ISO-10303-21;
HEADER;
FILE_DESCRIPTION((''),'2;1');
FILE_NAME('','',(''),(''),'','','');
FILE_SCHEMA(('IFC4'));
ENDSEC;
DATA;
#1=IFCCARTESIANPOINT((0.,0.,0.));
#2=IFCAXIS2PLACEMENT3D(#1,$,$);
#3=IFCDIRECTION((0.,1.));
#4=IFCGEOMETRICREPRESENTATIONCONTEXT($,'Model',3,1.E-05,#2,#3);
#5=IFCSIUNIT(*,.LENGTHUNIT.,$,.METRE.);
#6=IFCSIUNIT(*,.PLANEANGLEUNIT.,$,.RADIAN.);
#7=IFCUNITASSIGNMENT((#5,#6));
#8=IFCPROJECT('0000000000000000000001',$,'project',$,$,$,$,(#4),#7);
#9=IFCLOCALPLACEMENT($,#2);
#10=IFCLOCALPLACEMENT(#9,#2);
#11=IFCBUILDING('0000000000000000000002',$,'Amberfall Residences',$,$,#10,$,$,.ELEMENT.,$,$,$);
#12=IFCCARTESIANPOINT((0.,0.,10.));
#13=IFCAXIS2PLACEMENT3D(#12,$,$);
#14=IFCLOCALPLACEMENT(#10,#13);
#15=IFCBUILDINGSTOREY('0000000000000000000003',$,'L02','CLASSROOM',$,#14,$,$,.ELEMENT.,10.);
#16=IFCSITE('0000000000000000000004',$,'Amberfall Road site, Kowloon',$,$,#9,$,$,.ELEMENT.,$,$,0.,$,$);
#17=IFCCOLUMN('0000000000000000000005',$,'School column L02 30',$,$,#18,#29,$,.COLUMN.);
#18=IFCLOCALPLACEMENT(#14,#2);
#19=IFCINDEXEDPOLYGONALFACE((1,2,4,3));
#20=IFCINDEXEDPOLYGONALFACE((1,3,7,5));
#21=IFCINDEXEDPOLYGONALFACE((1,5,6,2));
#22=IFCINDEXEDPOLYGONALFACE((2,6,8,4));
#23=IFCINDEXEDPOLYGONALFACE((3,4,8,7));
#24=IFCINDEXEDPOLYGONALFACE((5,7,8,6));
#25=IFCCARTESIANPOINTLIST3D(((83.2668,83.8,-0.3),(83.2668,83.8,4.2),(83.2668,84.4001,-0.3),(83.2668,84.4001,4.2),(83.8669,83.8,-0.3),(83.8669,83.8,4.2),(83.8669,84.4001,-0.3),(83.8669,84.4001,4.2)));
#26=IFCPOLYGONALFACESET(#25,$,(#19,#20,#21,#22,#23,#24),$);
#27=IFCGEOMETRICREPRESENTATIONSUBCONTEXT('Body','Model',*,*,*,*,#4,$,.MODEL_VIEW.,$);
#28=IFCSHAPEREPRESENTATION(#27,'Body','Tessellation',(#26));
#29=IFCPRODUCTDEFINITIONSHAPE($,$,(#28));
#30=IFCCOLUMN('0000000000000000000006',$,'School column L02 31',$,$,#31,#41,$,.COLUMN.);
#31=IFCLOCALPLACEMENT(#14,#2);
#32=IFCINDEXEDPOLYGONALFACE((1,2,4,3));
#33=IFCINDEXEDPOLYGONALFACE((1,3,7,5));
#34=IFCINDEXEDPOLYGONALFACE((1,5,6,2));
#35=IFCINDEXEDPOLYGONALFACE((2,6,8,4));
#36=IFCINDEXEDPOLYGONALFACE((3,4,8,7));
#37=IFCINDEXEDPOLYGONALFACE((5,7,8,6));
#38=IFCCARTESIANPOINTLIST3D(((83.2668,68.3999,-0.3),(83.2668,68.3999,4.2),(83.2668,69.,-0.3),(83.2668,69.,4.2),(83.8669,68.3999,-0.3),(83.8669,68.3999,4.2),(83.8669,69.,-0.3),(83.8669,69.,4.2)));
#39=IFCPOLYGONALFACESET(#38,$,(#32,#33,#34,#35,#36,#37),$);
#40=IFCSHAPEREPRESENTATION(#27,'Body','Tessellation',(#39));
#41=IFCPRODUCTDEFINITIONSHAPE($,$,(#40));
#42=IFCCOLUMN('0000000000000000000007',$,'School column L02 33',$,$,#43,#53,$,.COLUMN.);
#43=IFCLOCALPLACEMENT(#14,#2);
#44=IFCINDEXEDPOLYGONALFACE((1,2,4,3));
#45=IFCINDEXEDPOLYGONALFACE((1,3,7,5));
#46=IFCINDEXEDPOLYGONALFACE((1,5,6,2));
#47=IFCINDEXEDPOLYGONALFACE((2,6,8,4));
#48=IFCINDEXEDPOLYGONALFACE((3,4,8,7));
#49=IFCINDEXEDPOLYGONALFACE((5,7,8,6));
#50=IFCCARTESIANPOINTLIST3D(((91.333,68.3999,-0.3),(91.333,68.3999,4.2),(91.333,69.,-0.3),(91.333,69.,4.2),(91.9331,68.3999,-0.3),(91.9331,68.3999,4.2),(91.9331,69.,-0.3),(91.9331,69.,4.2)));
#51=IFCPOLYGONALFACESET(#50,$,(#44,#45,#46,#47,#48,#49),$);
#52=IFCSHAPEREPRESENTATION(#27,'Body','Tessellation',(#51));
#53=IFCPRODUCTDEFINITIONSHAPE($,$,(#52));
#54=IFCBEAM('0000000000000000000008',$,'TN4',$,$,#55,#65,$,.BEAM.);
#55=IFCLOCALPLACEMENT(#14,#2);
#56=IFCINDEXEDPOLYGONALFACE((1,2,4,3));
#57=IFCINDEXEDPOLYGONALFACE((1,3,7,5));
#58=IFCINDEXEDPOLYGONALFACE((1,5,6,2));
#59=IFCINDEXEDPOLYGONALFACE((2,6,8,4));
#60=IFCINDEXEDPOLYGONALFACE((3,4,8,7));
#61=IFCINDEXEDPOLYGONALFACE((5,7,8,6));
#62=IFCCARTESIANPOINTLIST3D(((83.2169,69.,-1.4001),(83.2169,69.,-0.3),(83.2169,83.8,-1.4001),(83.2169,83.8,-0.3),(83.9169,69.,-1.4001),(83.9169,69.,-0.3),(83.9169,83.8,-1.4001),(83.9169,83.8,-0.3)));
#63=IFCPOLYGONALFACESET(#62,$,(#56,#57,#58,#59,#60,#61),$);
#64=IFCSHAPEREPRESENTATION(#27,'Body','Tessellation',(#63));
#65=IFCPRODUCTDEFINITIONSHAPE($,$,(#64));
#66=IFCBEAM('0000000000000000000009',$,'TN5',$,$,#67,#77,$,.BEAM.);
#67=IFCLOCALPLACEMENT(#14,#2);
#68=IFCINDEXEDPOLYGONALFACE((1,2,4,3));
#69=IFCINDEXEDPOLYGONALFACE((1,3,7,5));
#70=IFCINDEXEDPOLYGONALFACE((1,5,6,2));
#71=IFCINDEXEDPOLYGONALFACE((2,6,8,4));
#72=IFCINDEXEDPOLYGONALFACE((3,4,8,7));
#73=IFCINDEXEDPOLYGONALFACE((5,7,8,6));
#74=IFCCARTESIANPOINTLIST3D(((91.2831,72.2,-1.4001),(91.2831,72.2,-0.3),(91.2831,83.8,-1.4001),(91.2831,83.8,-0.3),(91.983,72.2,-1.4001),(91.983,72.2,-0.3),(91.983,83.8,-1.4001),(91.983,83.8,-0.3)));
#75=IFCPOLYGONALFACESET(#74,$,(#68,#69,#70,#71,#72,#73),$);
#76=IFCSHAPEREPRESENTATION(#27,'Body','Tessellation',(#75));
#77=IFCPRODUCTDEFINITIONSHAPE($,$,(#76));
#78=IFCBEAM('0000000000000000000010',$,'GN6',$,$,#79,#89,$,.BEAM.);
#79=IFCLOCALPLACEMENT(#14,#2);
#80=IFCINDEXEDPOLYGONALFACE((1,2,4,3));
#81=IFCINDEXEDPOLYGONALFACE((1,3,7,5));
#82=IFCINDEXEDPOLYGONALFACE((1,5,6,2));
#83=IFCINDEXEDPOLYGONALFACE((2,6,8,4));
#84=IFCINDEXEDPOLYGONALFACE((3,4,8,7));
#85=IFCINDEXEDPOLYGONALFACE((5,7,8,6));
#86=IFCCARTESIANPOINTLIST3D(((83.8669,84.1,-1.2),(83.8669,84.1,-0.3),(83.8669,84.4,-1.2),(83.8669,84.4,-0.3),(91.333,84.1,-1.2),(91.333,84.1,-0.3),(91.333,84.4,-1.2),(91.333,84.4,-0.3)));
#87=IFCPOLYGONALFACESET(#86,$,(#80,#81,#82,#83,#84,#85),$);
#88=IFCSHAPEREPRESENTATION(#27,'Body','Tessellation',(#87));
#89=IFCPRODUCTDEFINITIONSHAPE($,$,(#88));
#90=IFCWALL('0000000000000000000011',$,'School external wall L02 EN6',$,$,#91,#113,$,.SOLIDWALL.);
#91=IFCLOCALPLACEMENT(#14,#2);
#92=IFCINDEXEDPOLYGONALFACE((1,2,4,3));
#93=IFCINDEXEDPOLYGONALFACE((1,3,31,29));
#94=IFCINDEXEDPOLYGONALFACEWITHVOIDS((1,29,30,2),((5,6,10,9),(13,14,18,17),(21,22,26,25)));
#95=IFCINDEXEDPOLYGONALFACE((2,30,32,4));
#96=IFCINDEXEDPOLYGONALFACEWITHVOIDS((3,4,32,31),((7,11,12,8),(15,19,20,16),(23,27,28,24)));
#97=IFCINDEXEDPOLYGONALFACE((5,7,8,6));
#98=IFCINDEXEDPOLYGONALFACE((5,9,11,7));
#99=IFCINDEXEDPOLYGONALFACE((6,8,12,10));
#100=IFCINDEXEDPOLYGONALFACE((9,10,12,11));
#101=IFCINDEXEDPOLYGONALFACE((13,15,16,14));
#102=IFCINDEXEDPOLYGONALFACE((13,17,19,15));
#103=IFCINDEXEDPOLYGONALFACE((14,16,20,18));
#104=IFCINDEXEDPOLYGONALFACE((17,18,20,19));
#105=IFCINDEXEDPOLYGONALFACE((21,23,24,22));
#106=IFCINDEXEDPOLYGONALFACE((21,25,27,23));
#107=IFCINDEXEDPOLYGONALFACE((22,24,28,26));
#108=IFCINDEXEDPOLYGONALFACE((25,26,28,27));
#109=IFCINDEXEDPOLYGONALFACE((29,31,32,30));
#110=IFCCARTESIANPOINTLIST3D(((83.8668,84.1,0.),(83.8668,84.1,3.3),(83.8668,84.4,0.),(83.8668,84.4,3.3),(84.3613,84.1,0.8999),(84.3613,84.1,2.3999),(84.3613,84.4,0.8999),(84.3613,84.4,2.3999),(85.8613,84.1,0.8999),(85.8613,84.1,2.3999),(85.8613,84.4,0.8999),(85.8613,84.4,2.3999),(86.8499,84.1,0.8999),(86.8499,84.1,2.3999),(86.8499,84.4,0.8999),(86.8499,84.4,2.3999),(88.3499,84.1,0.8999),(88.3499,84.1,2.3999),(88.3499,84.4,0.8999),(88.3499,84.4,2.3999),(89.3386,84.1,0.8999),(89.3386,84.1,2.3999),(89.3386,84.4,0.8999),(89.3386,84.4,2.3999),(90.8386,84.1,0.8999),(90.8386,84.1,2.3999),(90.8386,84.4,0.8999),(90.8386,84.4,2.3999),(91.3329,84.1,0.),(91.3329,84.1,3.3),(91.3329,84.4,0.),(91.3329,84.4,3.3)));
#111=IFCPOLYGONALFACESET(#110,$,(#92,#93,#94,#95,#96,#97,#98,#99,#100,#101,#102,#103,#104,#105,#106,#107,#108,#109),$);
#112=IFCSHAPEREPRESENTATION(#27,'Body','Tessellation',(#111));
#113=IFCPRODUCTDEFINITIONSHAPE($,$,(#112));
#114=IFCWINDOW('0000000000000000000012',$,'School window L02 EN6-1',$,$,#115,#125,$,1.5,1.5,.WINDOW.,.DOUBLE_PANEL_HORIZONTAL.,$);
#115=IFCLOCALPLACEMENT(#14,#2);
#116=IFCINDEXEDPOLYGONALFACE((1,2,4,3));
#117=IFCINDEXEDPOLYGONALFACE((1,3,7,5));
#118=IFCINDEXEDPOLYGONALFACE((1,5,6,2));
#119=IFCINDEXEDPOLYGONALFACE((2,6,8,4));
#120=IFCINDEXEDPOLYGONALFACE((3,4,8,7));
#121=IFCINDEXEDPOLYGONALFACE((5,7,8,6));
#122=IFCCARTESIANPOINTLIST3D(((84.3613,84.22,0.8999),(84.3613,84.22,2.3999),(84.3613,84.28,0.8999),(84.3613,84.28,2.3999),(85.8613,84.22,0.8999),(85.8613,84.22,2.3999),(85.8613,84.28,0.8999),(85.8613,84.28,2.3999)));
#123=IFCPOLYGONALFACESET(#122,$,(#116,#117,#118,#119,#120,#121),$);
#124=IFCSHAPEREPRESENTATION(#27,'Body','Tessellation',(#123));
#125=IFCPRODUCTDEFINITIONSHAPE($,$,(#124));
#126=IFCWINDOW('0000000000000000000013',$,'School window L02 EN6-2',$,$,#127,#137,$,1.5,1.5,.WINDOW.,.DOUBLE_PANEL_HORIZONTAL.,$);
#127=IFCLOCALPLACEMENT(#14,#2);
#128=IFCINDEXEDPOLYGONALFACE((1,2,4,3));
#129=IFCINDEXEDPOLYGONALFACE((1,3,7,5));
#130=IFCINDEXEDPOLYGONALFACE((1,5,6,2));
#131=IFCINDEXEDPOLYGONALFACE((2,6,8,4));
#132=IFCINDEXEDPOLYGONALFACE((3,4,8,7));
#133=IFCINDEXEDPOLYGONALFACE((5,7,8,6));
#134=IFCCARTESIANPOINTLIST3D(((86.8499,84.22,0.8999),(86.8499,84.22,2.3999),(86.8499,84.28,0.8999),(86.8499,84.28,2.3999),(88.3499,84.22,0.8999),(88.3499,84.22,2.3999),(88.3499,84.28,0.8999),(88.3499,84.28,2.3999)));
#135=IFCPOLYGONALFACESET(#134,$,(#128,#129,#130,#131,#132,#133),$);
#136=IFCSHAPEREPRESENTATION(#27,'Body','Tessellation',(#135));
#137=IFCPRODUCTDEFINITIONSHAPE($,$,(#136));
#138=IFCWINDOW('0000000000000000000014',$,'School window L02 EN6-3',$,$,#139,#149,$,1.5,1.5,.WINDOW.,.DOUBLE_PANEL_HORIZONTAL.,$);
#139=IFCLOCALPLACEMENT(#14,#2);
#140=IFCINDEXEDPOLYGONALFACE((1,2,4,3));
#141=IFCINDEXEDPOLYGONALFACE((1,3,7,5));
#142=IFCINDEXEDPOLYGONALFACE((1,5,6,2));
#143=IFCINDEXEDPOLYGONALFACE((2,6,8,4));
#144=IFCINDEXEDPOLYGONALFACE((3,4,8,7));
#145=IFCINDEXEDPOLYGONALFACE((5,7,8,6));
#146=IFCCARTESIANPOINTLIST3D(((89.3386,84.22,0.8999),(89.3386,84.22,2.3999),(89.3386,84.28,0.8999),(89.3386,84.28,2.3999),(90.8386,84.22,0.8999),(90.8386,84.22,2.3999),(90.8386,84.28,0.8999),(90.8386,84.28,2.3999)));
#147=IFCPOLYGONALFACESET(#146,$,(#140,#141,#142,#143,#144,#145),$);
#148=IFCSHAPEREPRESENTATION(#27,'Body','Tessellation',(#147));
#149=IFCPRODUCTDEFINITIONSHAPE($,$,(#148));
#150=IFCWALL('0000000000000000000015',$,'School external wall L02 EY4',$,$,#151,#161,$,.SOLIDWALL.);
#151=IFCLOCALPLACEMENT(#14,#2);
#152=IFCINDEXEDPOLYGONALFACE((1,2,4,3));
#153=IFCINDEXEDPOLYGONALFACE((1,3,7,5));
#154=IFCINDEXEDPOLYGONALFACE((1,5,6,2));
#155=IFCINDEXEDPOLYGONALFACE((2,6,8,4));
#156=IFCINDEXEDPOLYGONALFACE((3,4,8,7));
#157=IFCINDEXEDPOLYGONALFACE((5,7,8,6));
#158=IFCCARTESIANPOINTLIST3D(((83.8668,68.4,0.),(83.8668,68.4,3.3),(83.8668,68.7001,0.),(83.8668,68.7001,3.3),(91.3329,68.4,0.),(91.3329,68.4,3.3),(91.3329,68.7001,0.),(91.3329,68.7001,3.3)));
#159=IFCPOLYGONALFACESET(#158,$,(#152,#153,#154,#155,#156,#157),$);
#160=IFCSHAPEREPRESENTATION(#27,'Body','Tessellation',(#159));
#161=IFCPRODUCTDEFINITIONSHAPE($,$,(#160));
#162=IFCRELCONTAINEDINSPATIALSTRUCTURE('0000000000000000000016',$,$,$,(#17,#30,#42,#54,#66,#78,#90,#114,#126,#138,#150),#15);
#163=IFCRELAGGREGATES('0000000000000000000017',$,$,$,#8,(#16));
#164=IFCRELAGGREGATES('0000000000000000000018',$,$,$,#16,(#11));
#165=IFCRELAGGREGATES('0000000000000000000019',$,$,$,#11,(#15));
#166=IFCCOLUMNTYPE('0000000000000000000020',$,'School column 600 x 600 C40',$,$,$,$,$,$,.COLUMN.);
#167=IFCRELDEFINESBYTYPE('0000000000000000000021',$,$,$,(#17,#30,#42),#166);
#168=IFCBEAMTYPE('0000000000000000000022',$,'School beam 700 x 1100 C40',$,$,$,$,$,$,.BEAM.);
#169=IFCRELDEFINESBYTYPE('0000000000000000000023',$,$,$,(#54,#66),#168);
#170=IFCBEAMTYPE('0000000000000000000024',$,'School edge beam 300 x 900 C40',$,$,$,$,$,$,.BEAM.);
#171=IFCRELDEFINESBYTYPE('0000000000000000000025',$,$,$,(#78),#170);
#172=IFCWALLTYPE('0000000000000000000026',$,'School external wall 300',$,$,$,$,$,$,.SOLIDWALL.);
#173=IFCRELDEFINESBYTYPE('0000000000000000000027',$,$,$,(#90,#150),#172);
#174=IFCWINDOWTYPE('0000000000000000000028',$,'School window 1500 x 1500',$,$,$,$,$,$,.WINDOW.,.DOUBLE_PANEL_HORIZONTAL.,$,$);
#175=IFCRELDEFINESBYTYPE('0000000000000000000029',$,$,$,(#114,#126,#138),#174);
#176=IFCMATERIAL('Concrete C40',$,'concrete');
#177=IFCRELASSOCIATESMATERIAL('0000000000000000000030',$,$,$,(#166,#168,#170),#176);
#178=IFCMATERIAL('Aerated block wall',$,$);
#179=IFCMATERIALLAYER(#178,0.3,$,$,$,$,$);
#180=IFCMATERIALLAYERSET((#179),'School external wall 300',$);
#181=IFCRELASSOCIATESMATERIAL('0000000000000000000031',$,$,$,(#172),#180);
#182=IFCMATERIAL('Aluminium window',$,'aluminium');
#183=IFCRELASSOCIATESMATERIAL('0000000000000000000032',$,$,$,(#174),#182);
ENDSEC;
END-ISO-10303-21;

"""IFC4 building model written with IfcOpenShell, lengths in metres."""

from ifc_helpers import new_model, si_unit, direction, frame, frame_2d, origin, origin_2d, place, context, subcontext, project, spatial, rectangle, extrude, material, layer, layer_set, material_profile, profile_set, type_object, element, fill, save


model = new_model("IFC4")

# Units and contexts
model_context = context("Model", 3, precision=1e-05, world=origin(), true_north=direction((0.0, 1.0)))
body_context = subcontext(model_context, "Body", "Model", "MODEL_VIEW")
ifc_project = project(units=[si_unit("LENGTHUNIT", "METRE"), si_unit("PLANEANGLEUNIT", "RADIAN")], contexts=[model_context])

# Site, building, storey
site_placement = place(None, origin())
site = spatial("IfcSite", under=ifc_project, at=site_placement, Name="Amberfall Road site, Kowloon", CompositionType="ELEMENT", RefElevation=0.0)
building_placement = place(site_placement, origin())
building = spatial("IfcBuilding", under=site, at=building_placement, Name="Amberfall Residences", CompositionType="ELEMENT")
storey_placement = place(building_placement, frame((0.0, 0.0, 10.0)))
storey = spatial("IfcBuildingStorey", under=building, at=storey_placement, Name="L02", Description="CLASSROOM", CompositionType="ELEMENT", Elevation=10.0)

# Columns
ifc_material_1 = material(Name="Concrete C40", Category="concrete")
ifc_material_profile_1 = material_profile(ifc_material_1, rectangle(XDim=0.6001, YDim=0.6001, at=origin_2d()), Name="School column 600 x 600 C40")
ifc_profile_set_1 = profile_set([ifc_material_profile_1], Name="Concrete C40")
column_type = type_object("IfcColumnType", Name="School column 600 x 600 C40", PredefinedType="COLUMN", material=ifc_profile_set_1)
for number, where, z_axis, x_axis, name in (
    (1, (83.5669, 84.1001, -0.3), (0.0, 0.0, 1.0), (1.0, 0.0, 0.0), "School column L02 30"),
    (2, (83.5669, 68.7, -0.3), (0.0, 0.0, 1.0), (1.0, 0.0, 0.0), "School column L02 31"),
    (3, (91.6331, 68.7, -0.3), (0.0, 0.0, 1.0), (1.0, 0.0, 0.0), "School column L02 33"),
):
    element("IfcColumn", number, at=place(storey_placement, frame(where, z_axis=z_axis, x_axis=x_axis)), inside=storey, type_object=column_type, Name=name, PredefinedType="COLUMN", context=body_context, shape_type="SweptSolid", body=[
        extrude(rectangle(XDim=0.6001, YDim=0.6001, at=origin_2d()), origin(), (0.0, 0.0, 1.0), 4.5),
    ])

# Beams
ifc_material_profile_2 = material_profile(ifc_material_1, rectangle(XDim=0.7, YDim=1.1001, at=origin_2d()), Name="School beam 700 x 1100 C40")
ifc_profile_set_2 = profile_set([ifc_material_profile_2], Name="Concrete C40")
beam_type_1 = type_object("IfcBeamType", Name="School beam 700 x 1100 C40", PredefinedType="BEAM", material=ifc_profile_set_2)
beam_1_placement = place(storey_placement, frame((83.5669, 69.0, -0.8501), z_axis=(0.0, 1.0, 0.0), x_axis=(-1.0, 0.0, 0.0)))
element("IfcBeam", 4, at=beam_1_placement, inside=storey, type_object=beam_type_1, Name="TN4", PredefinedType="BEAM", context=body_context, shape_type="SweptSolid", body=[
    extrude(rectangle(XDim=0.7, YDim=1.1001, at=origin_2d()), origin(), (0.0, 0.0, 1.0), 14.8),
])
beam_2_placement = place(storey_placement, frame((91.6331, 72.2, -0.8501), z_axis=(0.0, 1.0, 0.0), x_axis=(-1.0, 0.0, 0.0)))
element("IfcBeam", 5, at=beam_2_placement, inside=storey, type_object=beam_type_1, Name="TN5", PredefinedType="BEAM", context=body_context, shape_type="SweptSolid", body=[
    extrude(rectangle(XDim=0.7, YDim=1.1001, at=origin_2d()), origin(), (0.0, 0.0, 1.0), 11.6001),
])
ifc_material_profile_3 = material_profile(ifc_material_1, rectangle(XDim=0.3, YDim=0.8999, at=origin_2d()), Name="School edge beam 300 x 900 C40")
ifc_profile_set_3 = profile_set([ifc_material_profile_3], Name="Concrete C40")
beam_type_2 = type_object("IfcBeamType", Name="School edge beam 300 x 900 C40", PredefinedType="BEAM", material=ifc_profile_set_3)
beam_3_placement = place(storey_placement, frame((83.8669, 84.25, -0.75), z_axis=(1.0, 0.0, 0.0), x_axis=(0.0, 1.0, 0.0)))
element("IfcBeam", 6, at=beam_3_placement, inside=storey, type_object=beam_type_2, Name="GN6", PredefinedType="BEAM", context=body_context, shape_type="SweptSolid", body=[
    extrude(rectangle(XDim=0.3, YDim=0.8999, at=origin_2d()), origin(), (0.0, 0.0, 1.0), 7.4661),
])

# Wall, openings, windows
ifc_material_2 = material(Name="Aerated block wall")
ifc_layer_1 = layer(ifc_material_2, 0.3)
ifc_layer_set_1 = layer_set([ifc_layer_1], Name="School external wall 300")
wall_type_1 = type_object("IfcWallType", Name="School external wall 300", PredefinedType="SOLIDWALL", material=ifc_layer_set_1)
wall_1_placement = place(storey_placement, frame((83.8669, 84.25, 0.0), z_axis=(0.0, 0.0, 1.0), x_axis=(1.0, 0.0, 0.0)))
wall_1 = element("IfcWall", 7, at=wall_1_placement, inside=storey, type_object=wall_type_1, Name="School external wall L02 EN6", PredefinedType="SOLIDWALL", context=body_context, shape_type="SweptSolid", body=[
    extrude(rectangle(XDim=7.4661, YDim=0.3, at=frame_2d((3.7329, 0.0))), origin(), (0.0, 0.0, 1.0), 3.3),
])
opening_1_placement = place(wall_1_placement, frame((0.4944, 0.0, 0.8999)))
opening_1 = element("IfcOpeningElement", 8, at=opening_1_placement, cuts=wall_1, PredefinedType="OPENING", context=body_context, shape_type="SweptSolid", body=[
    extrude(rectangle(XDim=1.5, YDim=1.5, at=frame_2d((0.75, 0.75))), frame((0.0, 0.1599, 0.0), z_axis=(0.0, -1.0, 0.0), x_axis=(1.0, 0.0, 0.0)), (0.0, 0.0, 1.0), 0.3201),
])
opening_2_placement = place(wall_1_placement, frame((2.9829, 0.0, 0.8999)))
opening_2 = element("IfcOpeningElement", 9, at=opening_2_placement, cuts=wall_1, PredefinedType="OPENING", context=body_context, shape_type="SweptSolid", body=[
    extrude(rectangle(XDim=1.5, YDim=1.5, at=frame_2d((0.75, 0.75))), frame((0.0, 0.1599, 0.0), z_axis=(0.0, -1.0, 0.0), x_axis=(1.0, 0.0, 0.0)), (0.0, 0.0, 1.0), 0.3201),
])
opening_3_placement = place(wall_1_placement, frame((5.4717, 0.0, 0.8999)))
opening_3 = element("IfcOpeningElement", 10, at=opening_3_placement, cuts=wall_1, PredefinedType="OPENING", context=body_context, shape_type="SweptSolid", body=[
    extrude(rectangle(XDim=1.5, YDim=1.5, at=frame_2d((0.75, 0.75))), frame((0.0, 0.1599, 0.0), z_axis=(0.0, -1.0, 0.0), x_axis=(1.0, 0.0, 0.0)), (0.0, 0.0, 1.0), 0.3201),
])
ifc_material_3 = material(Name="Aluminium window", Category="aluminium")
window_type = type_object("IfcWindowType", Name="School window 1500 x 1500", PartitioningType="DOUBLE_PANEL_HORIZONTAL", PredefinedType="WINDOW", material=ifc_material_3)
window_1_placement = place(opening_1_placement, origin())
window_1 = element("IfcWindow", 11, at=window_1_placement, inside=storey, type_object=window_type, Name="School window L02 EN6-1", OverallHeight=1.5, OverallWidth=1.5, PartitioningType="DOUBLE_PANEL_HORIZONTAL", PredefinedType="WINDOW", context=body_context, shape_type="SweptSolid", body=[
    extrude(rectangle(XDim=1.5, YDim=1.5, at=frame_2d((0.75, 0.75))), frame((0.0, 0.03, 0.0), z_axis=(0.0, -1.0, 0.0), x_axis=(1.0, 0.0, 0.0)), (0.0, 0.0, 1.0), 0.0601),
])
fill(opening_1, window_1)
window_2_placement = place(opening_2_placement, origin())
window_2 = element("IfcWindow", 12, at=window_2_placement, inside=storey, type_object=window_type, Name="School window L02 EN6-2", OverallHeight=1.5, OverallWidth=1.5, PartitioningType="DOUBLE_PANEL_HORIZONTAL", PredefinedType="WINDOW", context=body_context, shape_type="SweptSolid", body=[
    extrude(rectangle(XDim=1.5, YDim=1.5, at=frame_2d((0.75, 0.75))), frame((0.0, 0.03, 0.0), z_axis=(0.0, -1.0, 0.0), x_axis=(1.0, 0.0, 0.0)), (0.0, 0.0, 1.0), 0.0601),
])
fill(opening_2, window_2)
window_3_placement = place(opening_3_placement, origin())
window_3 = element("IfcWindow", 13, at=window_3_placement, inside=storey, type_object=window_type, Name="School window L02 EN6-3", OverallHeight=1.5, OverallWidth=1.5, PartitioningType="DOUBLE_PANEL_HORIZONTAL", PredefinedType="WINDOW", context=body_context, shape_type="SweptSolid", body=[
    extrude(rectangle(XDim=1.5, YDim=1.5, at=frame_2d((0.75, 0.75))), frame((0.0, 0.03, 0.0), z_axis=(0.0, -1.0, 0.0), x_axis=(1.0, 0.0, 0.0)), (0.0, 0.0, 1.0), 0.0601),
])
fill(opening_3, window_3)

# Wall
wall_2_placement = place(storey_placement, frame((83.8669, 68.55, 0.0), z_axis=(0.0, 0.0, 1.0), x_axis=(1.0, 0.0, 0.0)))
element("IfcWall", 14, at=wall_2_placement, inside=storey, type_object=wall_type_1, Name="School external wall L02 EY4", PredefinedType="SOLIDWALL", context=body_context, shape_type="SweptSolid", body=[
    extrude(rectangle(XDim=7.4661, YDim=0.3, at=frame_2d((3.7329, 0.0))), origin(), (0.0, 0.0, 1.0), 3.3),
])

save(model, "model.ifc")
